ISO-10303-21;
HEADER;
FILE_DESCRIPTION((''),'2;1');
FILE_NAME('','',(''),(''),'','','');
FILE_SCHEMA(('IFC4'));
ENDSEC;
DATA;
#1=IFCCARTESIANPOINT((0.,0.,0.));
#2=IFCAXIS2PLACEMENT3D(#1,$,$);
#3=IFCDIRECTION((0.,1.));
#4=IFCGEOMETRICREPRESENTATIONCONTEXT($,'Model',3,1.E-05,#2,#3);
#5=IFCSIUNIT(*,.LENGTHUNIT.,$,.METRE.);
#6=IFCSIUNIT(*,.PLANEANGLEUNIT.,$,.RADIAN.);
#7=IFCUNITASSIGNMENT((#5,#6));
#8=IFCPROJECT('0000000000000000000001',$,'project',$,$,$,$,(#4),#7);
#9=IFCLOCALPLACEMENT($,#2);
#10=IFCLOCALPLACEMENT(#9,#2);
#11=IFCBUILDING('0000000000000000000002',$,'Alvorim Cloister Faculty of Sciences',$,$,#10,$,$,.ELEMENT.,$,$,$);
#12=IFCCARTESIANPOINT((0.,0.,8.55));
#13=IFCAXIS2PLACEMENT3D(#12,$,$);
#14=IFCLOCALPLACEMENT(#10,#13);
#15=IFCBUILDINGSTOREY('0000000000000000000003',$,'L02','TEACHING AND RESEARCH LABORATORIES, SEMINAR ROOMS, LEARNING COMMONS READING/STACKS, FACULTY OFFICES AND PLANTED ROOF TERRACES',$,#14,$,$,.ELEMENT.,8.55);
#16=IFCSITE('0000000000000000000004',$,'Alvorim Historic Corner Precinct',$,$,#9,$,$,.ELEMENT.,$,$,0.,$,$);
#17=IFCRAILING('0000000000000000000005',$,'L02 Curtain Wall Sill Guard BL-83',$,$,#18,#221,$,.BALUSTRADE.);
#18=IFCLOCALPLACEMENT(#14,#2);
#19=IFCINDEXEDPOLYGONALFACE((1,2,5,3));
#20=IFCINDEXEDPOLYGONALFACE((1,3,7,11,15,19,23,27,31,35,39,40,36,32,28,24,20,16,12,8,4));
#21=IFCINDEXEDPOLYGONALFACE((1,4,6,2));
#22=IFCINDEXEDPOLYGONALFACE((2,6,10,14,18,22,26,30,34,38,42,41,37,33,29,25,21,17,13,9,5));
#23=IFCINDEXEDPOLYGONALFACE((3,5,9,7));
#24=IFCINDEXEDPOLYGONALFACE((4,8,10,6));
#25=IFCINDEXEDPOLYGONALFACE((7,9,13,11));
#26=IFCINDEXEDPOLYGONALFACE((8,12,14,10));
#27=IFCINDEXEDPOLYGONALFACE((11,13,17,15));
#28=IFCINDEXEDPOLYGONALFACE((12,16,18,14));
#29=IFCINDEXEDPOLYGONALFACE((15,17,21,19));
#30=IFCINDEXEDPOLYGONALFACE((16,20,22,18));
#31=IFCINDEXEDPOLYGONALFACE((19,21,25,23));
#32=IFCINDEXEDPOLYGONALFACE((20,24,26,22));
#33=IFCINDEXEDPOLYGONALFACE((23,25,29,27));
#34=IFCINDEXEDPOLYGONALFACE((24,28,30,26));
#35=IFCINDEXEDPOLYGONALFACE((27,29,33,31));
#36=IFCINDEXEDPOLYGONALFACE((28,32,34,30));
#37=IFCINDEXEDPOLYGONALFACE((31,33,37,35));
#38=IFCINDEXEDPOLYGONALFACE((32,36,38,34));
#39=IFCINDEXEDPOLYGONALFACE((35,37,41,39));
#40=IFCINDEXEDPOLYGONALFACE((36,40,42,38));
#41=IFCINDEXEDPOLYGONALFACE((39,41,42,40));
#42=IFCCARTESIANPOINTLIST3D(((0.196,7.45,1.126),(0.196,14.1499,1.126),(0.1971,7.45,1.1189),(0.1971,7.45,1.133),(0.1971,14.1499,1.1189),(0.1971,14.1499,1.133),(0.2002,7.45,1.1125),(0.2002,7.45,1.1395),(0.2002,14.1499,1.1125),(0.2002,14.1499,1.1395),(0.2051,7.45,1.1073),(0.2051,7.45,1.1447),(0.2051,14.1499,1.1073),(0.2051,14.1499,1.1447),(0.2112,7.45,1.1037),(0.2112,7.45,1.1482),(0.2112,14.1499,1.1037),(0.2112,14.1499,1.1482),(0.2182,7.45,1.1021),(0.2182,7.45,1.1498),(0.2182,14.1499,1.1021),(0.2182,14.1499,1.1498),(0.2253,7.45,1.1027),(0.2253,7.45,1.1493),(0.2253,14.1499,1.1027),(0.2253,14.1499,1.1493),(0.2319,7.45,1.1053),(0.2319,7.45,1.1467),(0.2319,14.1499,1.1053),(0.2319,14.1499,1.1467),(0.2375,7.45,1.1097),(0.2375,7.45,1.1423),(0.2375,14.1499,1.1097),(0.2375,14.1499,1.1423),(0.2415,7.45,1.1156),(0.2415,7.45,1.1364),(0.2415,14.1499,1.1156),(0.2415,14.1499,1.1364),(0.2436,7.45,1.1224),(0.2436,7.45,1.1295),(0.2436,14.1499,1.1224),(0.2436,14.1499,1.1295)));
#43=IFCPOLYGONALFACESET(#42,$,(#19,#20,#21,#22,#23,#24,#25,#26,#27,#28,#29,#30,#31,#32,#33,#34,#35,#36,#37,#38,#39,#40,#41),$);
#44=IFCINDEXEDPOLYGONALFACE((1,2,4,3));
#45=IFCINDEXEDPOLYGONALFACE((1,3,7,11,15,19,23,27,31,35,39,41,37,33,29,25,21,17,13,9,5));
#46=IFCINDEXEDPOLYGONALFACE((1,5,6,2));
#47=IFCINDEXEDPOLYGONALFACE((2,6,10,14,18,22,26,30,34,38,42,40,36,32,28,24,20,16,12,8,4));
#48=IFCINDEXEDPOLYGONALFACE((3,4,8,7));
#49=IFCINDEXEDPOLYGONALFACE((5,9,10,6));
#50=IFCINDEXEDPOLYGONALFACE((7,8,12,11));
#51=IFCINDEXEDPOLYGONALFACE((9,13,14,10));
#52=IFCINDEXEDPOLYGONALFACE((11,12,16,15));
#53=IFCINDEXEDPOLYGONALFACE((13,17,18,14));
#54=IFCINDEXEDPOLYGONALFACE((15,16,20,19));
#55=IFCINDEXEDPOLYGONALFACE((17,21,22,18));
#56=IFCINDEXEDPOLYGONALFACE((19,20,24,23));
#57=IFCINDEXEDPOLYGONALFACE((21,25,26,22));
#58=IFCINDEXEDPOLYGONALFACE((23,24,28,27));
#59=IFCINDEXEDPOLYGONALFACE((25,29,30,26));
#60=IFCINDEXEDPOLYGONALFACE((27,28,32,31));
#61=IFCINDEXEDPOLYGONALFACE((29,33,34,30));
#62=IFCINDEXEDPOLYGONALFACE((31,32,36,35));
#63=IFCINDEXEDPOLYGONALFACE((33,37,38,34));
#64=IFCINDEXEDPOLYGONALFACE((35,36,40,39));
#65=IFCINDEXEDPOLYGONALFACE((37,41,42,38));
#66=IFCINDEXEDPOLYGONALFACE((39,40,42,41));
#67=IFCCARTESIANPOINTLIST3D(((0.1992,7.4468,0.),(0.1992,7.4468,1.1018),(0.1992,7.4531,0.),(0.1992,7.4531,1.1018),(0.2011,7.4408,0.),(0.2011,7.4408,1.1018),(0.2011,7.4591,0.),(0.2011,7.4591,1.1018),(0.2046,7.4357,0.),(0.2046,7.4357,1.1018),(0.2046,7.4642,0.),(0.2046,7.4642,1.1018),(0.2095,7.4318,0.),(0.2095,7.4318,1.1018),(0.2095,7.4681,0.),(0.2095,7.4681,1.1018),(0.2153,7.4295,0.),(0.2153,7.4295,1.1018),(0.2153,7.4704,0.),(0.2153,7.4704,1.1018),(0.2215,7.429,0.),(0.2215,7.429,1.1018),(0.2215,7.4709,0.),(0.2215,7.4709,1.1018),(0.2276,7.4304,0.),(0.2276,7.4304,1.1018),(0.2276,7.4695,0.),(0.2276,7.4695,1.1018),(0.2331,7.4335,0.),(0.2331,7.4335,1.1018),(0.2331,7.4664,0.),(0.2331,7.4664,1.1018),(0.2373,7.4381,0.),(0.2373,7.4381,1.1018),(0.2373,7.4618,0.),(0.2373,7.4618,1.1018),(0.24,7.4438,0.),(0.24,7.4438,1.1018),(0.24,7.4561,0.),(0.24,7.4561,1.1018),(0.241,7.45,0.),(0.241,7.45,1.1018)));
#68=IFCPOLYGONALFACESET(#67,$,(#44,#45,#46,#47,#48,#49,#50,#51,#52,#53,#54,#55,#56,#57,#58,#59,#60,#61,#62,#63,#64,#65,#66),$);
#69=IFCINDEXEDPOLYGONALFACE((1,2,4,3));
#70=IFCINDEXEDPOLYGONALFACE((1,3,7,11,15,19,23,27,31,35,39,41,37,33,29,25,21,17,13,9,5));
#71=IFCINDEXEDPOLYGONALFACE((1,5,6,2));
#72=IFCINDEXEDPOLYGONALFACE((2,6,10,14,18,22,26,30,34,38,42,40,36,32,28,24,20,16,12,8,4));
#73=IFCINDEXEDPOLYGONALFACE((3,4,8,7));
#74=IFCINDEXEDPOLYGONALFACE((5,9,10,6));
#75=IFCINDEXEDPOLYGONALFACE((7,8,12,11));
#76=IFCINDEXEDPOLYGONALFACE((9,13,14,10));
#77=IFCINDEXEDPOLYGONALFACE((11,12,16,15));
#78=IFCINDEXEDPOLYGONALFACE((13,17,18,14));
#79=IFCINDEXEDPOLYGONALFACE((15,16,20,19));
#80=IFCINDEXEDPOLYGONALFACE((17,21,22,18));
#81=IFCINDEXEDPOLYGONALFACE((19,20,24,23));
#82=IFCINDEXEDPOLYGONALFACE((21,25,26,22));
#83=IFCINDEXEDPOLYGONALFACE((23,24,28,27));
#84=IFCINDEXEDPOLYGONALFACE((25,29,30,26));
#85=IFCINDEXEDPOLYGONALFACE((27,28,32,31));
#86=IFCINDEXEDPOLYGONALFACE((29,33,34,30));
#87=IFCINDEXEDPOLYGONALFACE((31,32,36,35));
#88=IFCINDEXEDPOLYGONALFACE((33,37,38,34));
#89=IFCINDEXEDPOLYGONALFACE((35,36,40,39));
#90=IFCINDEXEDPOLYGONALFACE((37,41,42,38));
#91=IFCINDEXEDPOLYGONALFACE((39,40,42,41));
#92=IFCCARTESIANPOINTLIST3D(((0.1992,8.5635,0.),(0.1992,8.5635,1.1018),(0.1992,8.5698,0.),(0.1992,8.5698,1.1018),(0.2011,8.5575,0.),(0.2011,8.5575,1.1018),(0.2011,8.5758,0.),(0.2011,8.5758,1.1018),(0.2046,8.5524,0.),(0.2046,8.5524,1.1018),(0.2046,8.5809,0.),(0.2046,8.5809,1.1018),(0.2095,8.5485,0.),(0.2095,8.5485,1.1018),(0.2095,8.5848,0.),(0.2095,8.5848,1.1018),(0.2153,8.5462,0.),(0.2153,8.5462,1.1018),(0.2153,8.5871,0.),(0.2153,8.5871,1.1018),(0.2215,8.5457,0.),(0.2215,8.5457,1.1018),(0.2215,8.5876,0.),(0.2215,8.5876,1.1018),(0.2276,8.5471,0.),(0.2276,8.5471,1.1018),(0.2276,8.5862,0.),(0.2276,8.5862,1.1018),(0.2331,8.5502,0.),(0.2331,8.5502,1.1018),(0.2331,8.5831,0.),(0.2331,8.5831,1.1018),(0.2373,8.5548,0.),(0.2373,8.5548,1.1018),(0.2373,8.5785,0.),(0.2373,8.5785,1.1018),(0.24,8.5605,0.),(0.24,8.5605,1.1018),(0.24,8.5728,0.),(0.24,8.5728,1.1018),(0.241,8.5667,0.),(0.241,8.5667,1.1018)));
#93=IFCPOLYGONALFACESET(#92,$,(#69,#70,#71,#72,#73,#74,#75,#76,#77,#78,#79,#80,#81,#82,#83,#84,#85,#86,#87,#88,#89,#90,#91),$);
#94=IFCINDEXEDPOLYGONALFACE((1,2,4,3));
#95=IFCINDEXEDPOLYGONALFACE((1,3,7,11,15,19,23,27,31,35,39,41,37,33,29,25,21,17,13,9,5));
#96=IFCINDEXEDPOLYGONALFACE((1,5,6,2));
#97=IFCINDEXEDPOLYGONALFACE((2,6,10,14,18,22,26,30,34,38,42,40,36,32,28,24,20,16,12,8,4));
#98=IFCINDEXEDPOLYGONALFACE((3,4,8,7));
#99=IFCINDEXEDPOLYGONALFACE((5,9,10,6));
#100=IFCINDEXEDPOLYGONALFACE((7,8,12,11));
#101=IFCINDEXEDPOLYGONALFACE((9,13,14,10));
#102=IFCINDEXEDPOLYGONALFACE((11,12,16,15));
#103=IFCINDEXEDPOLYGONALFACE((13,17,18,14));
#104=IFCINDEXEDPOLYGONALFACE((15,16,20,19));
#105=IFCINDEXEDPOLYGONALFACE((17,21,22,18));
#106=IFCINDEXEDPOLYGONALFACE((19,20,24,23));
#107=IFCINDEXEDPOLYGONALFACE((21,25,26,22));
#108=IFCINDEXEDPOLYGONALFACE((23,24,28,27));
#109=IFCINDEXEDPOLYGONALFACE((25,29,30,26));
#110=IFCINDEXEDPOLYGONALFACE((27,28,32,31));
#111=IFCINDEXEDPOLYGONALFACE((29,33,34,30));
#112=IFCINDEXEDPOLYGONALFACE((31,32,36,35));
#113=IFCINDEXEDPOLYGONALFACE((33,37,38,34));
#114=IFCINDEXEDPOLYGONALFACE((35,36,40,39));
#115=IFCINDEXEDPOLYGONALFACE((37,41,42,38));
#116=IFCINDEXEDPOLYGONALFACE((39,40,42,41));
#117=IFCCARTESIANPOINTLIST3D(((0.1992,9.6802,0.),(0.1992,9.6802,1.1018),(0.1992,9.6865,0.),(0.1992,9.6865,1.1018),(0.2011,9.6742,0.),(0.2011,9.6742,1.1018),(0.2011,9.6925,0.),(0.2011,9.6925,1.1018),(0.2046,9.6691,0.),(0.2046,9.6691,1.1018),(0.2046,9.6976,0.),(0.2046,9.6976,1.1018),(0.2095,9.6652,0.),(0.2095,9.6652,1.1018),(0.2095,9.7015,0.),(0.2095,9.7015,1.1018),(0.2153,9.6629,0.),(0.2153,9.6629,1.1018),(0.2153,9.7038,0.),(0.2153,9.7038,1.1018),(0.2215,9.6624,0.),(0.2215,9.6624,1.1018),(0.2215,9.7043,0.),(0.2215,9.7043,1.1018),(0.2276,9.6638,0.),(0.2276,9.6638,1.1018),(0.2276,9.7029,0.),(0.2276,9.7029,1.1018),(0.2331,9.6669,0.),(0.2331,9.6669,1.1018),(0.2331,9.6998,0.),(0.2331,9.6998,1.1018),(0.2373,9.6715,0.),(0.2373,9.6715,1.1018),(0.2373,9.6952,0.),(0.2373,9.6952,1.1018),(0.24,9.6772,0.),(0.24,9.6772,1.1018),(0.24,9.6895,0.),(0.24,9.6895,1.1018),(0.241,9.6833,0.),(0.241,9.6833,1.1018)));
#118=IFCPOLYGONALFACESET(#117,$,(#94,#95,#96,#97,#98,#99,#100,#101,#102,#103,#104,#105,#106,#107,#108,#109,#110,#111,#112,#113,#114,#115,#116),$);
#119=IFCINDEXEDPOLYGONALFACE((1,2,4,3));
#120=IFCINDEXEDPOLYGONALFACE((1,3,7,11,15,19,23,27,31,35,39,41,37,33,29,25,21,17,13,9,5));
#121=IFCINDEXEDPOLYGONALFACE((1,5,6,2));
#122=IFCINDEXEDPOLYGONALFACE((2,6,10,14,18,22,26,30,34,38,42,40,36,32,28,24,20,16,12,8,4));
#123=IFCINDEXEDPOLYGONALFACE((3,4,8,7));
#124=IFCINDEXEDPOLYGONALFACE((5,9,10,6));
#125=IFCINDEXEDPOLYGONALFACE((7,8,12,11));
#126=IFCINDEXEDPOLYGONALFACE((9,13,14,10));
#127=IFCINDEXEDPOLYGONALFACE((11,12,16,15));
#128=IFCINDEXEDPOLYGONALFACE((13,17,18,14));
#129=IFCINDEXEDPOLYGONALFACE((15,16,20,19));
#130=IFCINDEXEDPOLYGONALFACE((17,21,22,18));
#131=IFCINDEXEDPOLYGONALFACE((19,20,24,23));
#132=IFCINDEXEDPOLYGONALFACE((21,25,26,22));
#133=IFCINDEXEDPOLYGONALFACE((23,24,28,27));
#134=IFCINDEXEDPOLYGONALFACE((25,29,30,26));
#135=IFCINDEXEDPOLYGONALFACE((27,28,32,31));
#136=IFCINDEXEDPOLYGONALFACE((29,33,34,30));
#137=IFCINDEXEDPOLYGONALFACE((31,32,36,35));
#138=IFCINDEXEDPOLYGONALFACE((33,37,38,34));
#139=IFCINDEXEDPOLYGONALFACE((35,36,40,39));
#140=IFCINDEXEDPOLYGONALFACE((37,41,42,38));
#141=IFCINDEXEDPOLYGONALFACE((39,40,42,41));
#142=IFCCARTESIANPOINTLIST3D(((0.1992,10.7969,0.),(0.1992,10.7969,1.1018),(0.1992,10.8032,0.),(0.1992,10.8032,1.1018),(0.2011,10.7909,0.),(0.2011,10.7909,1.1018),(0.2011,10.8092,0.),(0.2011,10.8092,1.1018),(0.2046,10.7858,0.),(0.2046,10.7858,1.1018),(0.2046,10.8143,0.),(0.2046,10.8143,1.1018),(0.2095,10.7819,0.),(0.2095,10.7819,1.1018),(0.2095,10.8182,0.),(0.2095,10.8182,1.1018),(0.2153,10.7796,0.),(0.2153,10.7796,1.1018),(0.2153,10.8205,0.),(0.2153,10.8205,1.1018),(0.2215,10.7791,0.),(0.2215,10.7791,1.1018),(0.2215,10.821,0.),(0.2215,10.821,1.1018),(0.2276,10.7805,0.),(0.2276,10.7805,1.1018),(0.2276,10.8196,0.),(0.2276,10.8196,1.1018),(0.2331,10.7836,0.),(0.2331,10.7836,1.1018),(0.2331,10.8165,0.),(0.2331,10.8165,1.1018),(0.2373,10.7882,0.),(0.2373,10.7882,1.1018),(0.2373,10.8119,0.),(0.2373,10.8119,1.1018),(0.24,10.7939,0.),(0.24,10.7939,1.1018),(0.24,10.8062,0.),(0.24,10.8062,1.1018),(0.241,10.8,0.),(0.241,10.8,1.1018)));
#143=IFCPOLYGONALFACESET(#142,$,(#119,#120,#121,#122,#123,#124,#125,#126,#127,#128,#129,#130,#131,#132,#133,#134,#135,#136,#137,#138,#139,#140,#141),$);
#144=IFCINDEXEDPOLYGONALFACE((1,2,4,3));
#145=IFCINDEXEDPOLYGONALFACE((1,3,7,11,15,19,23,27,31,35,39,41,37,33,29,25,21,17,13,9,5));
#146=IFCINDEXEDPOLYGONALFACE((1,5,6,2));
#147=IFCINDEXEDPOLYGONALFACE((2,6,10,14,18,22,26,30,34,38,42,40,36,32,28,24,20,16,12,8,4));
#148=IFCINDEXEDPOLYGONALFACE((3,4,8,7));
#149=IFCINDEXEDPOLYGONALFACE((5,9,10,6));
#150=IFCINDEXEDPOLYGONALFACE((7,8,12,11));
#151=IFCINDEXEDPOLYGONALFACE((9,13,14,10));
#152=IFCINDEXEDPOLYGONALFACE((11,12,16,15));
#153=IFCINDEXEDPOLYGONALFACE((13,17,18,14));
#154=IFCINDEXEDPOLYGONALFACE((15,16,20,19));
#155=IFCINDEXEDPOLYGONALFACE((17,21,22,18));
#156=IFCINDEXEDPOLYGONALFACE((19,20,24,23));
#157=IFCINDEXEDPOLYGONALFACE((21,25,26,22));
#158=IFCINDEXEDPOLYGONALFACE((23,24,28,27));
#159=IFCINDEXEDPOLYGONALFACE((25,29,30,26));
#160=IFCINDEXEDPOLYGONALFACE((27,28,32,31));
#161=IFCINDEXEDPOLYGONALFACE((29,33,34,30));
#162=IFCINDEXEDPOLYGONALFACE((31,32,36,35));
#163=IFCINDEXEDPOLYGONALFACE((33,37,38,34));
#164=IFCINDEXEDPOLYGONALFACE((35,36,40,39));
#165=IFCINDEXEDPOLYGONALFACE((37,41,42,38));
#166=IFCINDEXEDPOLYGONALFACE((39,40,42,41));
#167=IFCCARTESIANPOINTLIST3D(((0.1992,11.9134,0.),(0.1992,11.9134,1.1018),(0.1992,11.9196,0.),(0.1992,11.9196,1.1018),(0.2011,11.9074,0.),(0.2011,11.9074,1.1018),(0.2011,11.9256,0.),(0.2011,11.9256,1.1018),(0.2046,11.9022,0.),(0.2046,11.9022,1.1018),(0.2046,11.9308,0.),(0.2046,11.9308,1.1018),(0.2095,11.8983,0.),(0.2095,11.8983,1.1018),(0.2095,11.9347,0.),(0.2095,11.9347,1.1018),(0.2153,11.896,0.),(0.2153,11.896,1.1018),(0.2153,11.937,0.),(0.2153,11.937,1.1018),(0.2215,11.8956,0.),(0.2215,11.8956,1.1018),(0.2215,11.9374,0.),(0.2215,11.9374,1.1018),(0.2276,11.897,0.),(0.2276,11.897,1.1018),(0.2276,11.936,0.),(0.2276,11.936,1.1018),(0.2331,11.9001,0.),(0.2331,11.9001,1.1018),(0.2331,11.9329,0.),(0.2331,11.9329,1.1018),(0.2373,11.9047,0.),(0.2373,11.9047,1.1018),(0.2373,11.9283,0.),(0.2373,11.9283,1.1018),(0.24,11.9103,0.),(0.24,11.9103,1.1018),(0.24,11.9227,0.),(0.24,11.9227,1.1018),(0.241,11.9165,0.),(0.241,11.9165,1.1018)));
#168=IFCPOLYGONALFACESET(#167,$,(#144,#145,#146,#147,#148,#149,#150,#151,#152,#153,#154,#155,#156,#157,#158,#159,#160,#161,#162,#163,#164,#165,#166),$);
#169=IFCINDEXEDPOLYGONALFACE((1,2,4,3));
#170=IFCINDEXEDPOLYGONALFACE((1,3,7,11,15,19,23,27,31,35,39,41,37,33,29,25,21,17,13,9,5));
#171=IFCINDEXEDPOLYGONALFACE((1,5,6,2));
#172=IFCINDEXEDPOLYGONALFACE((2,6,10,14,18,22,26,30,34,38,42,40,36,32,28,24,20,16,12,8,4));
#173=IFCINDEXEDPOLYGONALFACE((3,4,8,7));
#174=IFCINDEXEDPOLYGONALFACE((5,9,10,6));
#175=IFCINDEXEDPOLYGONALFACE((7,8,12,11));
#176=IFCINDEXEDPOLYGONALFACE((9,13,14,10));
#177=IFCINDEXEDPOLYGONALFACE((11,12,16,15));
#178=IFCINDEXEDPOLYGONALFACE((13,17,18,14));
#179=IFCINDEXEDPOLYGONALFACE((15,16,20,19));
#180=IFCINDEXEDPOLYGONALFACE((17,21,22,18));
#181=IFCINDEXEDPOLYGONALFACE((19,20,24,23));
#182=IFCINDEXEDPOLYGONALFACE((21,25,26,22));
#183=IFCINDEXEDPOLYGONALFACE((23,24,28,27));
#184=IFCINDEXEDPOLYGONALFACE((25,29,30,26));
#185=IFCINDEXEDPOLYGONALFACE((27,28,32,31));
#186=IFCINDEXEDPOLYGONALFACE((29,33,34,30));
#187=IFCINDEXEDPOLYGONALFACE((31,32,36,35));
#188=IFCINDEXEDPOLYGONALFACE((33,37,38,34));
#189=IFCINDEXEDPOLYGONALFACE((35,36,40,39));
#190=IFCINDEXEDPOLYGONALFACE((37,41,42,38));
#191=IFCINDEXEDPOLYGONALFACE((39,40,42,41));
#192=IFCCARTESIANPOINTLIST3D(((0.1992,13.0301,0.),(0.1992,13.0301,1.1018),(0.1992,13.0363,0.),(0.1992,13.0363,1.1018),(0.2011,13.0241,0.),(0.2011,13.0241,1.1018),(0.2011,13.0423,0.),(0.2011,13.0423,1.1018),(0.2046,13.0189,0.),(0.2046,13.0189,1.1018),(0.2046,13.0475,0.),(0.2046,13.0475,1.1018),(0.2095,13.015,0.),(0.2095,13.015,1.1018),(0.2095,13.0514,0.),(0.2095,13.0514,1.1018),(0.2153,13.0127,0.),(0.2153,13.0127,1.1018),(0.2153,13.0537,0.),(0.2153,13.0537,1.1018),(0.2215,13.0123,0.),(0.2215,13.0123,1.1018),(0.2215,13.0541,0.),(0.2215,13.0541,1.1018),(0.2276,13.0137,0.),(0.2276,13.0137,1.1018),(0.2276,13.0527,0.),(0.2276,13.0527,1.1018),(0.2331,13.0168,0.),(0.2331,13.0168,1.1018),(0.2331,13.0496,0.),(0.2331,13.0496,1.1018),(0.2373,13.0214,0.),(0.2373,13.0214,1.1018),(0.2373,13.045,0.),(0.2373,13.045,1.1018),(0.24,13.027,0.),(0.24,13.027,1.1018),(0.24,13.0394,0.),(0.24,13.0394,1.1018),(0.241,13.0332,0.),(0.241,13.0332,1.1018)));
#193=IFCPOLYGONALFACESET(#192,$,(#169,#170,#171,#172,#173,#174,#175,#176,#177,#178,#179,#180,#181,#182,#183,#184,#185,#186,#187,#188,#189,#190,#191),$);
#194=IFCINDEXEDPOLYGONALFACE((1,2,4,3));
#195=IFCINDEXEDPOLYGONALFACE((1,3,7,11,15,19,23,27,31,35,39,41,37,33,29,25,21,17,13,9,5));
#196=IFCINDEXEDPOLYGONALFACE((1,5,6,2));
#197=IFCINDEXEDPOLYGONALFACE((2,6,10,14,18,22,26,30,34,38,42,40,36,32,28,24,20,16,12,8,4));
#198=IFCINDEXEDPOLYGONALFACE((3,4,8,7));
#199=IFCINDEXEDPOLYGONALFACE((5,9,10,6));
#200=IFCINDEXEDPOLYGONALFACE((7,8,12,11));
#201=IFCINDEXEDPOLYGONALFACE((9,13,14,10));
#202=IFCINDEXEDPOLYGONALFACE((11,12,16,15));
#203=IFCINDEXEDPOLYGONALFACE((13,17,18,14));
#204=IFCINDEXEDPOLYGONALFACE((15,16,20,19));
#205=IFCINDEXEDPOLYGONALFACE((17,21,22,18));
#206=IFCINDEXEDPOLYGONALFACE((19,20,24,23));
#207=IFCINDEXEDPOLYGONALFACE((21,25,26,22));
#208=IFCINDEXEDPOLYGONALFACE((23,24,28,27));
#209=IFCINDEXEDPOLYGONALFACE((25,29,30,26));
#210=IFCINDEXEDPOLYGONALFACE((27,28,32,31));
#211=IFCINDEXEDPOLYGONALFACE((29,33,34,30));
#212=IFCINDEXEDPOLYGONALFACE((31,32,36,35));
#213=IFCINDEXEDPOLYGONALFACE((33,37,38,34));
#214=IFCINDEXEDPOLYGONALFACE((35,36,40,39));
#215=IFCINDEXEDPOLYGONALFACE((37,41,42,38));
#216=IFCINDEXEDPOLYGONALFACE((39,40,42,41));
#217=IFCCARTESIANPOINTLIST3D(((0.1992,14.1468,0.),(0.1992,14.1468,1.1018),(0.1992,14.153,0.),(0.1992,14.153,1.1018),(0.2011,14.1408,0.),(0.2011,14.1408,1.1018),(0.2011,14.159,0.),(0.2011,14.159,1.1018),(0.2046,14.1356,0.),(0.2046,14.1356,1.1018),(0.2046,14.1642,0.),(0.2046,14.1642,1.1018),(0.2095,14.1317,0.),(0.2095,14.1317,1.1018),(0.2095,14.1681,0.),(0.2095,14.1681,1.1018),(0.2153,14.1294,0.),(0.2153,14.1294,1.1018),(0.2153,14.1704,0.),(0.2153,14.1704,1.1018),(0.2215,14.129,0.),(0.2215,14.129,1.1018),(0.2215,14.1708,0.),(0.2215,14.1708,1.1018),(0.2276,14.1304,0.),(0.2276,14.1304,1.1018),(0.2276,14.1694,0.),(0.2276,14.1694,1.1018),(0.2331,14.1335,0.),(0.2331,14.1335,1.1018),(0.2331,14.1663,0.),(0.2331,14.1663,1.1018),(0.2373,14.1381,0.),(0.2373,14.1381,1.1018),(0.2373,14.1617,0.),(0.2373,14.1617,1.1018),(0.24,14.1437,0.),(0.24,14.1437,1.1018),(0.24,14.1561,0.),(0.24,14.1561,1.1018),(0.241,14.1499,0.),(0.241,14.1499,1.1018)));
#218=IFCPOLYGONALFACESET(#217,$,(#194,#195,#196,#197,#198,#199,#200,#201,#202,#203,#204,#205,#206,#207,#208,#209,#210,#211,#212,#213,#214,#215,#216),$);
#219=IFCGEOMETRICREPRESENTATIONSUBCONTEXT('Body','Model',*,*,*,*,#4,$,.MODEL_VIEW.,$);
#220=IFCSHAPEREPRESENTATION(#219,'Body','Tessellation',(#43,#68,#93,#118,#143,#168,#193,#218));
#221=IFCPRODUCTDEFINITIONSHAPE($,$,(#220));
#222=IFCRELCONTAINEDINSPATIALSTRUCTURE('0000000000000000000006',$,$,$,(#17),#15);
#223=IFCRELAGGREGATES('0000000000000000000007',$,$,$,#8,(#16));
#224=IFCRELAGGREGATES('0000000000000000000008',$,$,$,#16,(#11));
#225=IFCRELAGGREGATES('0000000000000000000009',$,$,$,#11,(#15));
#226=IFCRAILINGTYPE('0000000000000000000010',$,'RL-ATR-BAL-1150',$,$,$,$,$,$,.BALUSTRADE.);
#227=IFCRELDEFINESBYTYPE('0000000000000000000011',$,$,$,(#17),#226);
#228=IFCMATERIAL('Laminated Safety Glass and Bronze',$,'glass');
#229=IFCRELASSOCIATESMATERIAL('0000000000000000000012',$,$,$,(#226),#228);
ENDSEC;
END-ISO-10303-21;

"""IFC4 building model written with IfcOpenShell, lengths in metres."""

from ifc_helpers import new_model, si_unit, direction, frame, origin, origin_2d, place, context, subcontext, project, spatial, circle, extrude, material, type_object, element, save


model = new_model("IFC4")

# Units and contexts
model_context = context("Model", 3, precision=1e-05, world=origin(), true_north=direction((0.0, 1.0)))
body_context = subcontext(model_context, "Body", "Model", "MODEL_VIEW")
ifc_project = project(units=[si_unit("LENGTHUNIT", "METRE"), si_unit("PLANEANGLEUNIT", "RADIAN")], contexts=[model_context])

# Site, building, storey
site_placement = place(None, origin())
site = spatial("IfcSite", under=ifc_project, at=site_placement, Name="Alvorim Historic Corner Precinct", CompositionType="ELEMENT", RefElevation=0.0)
building_placement = place(site_placement, origin())
building = spatial("IfcBuilding", under=site, at=building_placement, Name="Alvorim Cloister Faculty of Sciences", CompositionType="ELEMENT")
storey_placement = place(building_placement, frame((0.0, 0.0, 8.55)))
storey = spatial("IfcBuildingStorey", under=building, at=storey_placement, Name="L02", Description="TEACHING AND RESEARCH LABORATORIES, SEMINAR ROOMS, LEARNING COMMONS READING/STACKS, FACULTY OFFICES AND PLANTED ROOF TERRACES", CompositionType="ELEMENT", Elevation=8.55)

# Railing
ifc_material_1 = material(Name="Laminated Safety Glass and Bronze", Category="glass")
railing_type = type_object("IfcRailingType", Name="RL-ATR-BAL-1150", PredefinedType="BALUSTRADE", material=ifc_material_1)
railing_placement = place(storey_placement, frame((0.22, 7.45, 0.0)))
element("IfcRailing", 1, at=railing_placement, inside=storey, type_object=railing_type, Name="L02 Curtain Wall Sill Guard BL-83", PredefinedType="BALUSTRADE", context=body_context, shape_type="SweptSolid", body=[
    extrude(circle(Radius=0.0239, at=origin_2d()), frame((0.0, 0.0, 1.126), z_axis=(0.0, 1.0, 0.0), x_axis=(-1.0, 0.0, 0.0)), (0.0, 0.0, 1.0), 6.7),
    extrude(circle(Radius=0.021, at=origin_2d()), origin(), (0.0, 0.0, 1.0), 1.1018),
    extrude(circle(Radius=0.021, at=origin_2d()), frame((0.0, 1.1167, 0.0)), (0.0, 0.0, 1.0), 1.1018),
    extrude(circle(Radius=0.021, at=origin_2d()), frame((0.0, 2.2334, 0.0)), (0.0, 0.0, 1.0), 1.1018),
    extrude(circle(Radius=0.021, at=origin_2d()), frame((0.0, 3.3501, 0.0)), (0.0, 0.0, 1.0), 1.1018),
    extrude(circle(Radius=0.021, at=origin_2d()), frame((0.0, 4.4666, 0.0)), (0.0, 0.0, 1.0), 1.1018),
    extrude(circle(Radius=0.021, at=origin_2d()), frame((0.0, 5.5833, 0.0)), (0.0, 0.0, 1.0), 1.1018),
    extrude(circle(Radius=0.021, at=origin_2d()), frame((0.0, 6.7, 0.0)), (0.0, 0.0, 1.0), 1.1018),
])

save(model, "model.ifc")
